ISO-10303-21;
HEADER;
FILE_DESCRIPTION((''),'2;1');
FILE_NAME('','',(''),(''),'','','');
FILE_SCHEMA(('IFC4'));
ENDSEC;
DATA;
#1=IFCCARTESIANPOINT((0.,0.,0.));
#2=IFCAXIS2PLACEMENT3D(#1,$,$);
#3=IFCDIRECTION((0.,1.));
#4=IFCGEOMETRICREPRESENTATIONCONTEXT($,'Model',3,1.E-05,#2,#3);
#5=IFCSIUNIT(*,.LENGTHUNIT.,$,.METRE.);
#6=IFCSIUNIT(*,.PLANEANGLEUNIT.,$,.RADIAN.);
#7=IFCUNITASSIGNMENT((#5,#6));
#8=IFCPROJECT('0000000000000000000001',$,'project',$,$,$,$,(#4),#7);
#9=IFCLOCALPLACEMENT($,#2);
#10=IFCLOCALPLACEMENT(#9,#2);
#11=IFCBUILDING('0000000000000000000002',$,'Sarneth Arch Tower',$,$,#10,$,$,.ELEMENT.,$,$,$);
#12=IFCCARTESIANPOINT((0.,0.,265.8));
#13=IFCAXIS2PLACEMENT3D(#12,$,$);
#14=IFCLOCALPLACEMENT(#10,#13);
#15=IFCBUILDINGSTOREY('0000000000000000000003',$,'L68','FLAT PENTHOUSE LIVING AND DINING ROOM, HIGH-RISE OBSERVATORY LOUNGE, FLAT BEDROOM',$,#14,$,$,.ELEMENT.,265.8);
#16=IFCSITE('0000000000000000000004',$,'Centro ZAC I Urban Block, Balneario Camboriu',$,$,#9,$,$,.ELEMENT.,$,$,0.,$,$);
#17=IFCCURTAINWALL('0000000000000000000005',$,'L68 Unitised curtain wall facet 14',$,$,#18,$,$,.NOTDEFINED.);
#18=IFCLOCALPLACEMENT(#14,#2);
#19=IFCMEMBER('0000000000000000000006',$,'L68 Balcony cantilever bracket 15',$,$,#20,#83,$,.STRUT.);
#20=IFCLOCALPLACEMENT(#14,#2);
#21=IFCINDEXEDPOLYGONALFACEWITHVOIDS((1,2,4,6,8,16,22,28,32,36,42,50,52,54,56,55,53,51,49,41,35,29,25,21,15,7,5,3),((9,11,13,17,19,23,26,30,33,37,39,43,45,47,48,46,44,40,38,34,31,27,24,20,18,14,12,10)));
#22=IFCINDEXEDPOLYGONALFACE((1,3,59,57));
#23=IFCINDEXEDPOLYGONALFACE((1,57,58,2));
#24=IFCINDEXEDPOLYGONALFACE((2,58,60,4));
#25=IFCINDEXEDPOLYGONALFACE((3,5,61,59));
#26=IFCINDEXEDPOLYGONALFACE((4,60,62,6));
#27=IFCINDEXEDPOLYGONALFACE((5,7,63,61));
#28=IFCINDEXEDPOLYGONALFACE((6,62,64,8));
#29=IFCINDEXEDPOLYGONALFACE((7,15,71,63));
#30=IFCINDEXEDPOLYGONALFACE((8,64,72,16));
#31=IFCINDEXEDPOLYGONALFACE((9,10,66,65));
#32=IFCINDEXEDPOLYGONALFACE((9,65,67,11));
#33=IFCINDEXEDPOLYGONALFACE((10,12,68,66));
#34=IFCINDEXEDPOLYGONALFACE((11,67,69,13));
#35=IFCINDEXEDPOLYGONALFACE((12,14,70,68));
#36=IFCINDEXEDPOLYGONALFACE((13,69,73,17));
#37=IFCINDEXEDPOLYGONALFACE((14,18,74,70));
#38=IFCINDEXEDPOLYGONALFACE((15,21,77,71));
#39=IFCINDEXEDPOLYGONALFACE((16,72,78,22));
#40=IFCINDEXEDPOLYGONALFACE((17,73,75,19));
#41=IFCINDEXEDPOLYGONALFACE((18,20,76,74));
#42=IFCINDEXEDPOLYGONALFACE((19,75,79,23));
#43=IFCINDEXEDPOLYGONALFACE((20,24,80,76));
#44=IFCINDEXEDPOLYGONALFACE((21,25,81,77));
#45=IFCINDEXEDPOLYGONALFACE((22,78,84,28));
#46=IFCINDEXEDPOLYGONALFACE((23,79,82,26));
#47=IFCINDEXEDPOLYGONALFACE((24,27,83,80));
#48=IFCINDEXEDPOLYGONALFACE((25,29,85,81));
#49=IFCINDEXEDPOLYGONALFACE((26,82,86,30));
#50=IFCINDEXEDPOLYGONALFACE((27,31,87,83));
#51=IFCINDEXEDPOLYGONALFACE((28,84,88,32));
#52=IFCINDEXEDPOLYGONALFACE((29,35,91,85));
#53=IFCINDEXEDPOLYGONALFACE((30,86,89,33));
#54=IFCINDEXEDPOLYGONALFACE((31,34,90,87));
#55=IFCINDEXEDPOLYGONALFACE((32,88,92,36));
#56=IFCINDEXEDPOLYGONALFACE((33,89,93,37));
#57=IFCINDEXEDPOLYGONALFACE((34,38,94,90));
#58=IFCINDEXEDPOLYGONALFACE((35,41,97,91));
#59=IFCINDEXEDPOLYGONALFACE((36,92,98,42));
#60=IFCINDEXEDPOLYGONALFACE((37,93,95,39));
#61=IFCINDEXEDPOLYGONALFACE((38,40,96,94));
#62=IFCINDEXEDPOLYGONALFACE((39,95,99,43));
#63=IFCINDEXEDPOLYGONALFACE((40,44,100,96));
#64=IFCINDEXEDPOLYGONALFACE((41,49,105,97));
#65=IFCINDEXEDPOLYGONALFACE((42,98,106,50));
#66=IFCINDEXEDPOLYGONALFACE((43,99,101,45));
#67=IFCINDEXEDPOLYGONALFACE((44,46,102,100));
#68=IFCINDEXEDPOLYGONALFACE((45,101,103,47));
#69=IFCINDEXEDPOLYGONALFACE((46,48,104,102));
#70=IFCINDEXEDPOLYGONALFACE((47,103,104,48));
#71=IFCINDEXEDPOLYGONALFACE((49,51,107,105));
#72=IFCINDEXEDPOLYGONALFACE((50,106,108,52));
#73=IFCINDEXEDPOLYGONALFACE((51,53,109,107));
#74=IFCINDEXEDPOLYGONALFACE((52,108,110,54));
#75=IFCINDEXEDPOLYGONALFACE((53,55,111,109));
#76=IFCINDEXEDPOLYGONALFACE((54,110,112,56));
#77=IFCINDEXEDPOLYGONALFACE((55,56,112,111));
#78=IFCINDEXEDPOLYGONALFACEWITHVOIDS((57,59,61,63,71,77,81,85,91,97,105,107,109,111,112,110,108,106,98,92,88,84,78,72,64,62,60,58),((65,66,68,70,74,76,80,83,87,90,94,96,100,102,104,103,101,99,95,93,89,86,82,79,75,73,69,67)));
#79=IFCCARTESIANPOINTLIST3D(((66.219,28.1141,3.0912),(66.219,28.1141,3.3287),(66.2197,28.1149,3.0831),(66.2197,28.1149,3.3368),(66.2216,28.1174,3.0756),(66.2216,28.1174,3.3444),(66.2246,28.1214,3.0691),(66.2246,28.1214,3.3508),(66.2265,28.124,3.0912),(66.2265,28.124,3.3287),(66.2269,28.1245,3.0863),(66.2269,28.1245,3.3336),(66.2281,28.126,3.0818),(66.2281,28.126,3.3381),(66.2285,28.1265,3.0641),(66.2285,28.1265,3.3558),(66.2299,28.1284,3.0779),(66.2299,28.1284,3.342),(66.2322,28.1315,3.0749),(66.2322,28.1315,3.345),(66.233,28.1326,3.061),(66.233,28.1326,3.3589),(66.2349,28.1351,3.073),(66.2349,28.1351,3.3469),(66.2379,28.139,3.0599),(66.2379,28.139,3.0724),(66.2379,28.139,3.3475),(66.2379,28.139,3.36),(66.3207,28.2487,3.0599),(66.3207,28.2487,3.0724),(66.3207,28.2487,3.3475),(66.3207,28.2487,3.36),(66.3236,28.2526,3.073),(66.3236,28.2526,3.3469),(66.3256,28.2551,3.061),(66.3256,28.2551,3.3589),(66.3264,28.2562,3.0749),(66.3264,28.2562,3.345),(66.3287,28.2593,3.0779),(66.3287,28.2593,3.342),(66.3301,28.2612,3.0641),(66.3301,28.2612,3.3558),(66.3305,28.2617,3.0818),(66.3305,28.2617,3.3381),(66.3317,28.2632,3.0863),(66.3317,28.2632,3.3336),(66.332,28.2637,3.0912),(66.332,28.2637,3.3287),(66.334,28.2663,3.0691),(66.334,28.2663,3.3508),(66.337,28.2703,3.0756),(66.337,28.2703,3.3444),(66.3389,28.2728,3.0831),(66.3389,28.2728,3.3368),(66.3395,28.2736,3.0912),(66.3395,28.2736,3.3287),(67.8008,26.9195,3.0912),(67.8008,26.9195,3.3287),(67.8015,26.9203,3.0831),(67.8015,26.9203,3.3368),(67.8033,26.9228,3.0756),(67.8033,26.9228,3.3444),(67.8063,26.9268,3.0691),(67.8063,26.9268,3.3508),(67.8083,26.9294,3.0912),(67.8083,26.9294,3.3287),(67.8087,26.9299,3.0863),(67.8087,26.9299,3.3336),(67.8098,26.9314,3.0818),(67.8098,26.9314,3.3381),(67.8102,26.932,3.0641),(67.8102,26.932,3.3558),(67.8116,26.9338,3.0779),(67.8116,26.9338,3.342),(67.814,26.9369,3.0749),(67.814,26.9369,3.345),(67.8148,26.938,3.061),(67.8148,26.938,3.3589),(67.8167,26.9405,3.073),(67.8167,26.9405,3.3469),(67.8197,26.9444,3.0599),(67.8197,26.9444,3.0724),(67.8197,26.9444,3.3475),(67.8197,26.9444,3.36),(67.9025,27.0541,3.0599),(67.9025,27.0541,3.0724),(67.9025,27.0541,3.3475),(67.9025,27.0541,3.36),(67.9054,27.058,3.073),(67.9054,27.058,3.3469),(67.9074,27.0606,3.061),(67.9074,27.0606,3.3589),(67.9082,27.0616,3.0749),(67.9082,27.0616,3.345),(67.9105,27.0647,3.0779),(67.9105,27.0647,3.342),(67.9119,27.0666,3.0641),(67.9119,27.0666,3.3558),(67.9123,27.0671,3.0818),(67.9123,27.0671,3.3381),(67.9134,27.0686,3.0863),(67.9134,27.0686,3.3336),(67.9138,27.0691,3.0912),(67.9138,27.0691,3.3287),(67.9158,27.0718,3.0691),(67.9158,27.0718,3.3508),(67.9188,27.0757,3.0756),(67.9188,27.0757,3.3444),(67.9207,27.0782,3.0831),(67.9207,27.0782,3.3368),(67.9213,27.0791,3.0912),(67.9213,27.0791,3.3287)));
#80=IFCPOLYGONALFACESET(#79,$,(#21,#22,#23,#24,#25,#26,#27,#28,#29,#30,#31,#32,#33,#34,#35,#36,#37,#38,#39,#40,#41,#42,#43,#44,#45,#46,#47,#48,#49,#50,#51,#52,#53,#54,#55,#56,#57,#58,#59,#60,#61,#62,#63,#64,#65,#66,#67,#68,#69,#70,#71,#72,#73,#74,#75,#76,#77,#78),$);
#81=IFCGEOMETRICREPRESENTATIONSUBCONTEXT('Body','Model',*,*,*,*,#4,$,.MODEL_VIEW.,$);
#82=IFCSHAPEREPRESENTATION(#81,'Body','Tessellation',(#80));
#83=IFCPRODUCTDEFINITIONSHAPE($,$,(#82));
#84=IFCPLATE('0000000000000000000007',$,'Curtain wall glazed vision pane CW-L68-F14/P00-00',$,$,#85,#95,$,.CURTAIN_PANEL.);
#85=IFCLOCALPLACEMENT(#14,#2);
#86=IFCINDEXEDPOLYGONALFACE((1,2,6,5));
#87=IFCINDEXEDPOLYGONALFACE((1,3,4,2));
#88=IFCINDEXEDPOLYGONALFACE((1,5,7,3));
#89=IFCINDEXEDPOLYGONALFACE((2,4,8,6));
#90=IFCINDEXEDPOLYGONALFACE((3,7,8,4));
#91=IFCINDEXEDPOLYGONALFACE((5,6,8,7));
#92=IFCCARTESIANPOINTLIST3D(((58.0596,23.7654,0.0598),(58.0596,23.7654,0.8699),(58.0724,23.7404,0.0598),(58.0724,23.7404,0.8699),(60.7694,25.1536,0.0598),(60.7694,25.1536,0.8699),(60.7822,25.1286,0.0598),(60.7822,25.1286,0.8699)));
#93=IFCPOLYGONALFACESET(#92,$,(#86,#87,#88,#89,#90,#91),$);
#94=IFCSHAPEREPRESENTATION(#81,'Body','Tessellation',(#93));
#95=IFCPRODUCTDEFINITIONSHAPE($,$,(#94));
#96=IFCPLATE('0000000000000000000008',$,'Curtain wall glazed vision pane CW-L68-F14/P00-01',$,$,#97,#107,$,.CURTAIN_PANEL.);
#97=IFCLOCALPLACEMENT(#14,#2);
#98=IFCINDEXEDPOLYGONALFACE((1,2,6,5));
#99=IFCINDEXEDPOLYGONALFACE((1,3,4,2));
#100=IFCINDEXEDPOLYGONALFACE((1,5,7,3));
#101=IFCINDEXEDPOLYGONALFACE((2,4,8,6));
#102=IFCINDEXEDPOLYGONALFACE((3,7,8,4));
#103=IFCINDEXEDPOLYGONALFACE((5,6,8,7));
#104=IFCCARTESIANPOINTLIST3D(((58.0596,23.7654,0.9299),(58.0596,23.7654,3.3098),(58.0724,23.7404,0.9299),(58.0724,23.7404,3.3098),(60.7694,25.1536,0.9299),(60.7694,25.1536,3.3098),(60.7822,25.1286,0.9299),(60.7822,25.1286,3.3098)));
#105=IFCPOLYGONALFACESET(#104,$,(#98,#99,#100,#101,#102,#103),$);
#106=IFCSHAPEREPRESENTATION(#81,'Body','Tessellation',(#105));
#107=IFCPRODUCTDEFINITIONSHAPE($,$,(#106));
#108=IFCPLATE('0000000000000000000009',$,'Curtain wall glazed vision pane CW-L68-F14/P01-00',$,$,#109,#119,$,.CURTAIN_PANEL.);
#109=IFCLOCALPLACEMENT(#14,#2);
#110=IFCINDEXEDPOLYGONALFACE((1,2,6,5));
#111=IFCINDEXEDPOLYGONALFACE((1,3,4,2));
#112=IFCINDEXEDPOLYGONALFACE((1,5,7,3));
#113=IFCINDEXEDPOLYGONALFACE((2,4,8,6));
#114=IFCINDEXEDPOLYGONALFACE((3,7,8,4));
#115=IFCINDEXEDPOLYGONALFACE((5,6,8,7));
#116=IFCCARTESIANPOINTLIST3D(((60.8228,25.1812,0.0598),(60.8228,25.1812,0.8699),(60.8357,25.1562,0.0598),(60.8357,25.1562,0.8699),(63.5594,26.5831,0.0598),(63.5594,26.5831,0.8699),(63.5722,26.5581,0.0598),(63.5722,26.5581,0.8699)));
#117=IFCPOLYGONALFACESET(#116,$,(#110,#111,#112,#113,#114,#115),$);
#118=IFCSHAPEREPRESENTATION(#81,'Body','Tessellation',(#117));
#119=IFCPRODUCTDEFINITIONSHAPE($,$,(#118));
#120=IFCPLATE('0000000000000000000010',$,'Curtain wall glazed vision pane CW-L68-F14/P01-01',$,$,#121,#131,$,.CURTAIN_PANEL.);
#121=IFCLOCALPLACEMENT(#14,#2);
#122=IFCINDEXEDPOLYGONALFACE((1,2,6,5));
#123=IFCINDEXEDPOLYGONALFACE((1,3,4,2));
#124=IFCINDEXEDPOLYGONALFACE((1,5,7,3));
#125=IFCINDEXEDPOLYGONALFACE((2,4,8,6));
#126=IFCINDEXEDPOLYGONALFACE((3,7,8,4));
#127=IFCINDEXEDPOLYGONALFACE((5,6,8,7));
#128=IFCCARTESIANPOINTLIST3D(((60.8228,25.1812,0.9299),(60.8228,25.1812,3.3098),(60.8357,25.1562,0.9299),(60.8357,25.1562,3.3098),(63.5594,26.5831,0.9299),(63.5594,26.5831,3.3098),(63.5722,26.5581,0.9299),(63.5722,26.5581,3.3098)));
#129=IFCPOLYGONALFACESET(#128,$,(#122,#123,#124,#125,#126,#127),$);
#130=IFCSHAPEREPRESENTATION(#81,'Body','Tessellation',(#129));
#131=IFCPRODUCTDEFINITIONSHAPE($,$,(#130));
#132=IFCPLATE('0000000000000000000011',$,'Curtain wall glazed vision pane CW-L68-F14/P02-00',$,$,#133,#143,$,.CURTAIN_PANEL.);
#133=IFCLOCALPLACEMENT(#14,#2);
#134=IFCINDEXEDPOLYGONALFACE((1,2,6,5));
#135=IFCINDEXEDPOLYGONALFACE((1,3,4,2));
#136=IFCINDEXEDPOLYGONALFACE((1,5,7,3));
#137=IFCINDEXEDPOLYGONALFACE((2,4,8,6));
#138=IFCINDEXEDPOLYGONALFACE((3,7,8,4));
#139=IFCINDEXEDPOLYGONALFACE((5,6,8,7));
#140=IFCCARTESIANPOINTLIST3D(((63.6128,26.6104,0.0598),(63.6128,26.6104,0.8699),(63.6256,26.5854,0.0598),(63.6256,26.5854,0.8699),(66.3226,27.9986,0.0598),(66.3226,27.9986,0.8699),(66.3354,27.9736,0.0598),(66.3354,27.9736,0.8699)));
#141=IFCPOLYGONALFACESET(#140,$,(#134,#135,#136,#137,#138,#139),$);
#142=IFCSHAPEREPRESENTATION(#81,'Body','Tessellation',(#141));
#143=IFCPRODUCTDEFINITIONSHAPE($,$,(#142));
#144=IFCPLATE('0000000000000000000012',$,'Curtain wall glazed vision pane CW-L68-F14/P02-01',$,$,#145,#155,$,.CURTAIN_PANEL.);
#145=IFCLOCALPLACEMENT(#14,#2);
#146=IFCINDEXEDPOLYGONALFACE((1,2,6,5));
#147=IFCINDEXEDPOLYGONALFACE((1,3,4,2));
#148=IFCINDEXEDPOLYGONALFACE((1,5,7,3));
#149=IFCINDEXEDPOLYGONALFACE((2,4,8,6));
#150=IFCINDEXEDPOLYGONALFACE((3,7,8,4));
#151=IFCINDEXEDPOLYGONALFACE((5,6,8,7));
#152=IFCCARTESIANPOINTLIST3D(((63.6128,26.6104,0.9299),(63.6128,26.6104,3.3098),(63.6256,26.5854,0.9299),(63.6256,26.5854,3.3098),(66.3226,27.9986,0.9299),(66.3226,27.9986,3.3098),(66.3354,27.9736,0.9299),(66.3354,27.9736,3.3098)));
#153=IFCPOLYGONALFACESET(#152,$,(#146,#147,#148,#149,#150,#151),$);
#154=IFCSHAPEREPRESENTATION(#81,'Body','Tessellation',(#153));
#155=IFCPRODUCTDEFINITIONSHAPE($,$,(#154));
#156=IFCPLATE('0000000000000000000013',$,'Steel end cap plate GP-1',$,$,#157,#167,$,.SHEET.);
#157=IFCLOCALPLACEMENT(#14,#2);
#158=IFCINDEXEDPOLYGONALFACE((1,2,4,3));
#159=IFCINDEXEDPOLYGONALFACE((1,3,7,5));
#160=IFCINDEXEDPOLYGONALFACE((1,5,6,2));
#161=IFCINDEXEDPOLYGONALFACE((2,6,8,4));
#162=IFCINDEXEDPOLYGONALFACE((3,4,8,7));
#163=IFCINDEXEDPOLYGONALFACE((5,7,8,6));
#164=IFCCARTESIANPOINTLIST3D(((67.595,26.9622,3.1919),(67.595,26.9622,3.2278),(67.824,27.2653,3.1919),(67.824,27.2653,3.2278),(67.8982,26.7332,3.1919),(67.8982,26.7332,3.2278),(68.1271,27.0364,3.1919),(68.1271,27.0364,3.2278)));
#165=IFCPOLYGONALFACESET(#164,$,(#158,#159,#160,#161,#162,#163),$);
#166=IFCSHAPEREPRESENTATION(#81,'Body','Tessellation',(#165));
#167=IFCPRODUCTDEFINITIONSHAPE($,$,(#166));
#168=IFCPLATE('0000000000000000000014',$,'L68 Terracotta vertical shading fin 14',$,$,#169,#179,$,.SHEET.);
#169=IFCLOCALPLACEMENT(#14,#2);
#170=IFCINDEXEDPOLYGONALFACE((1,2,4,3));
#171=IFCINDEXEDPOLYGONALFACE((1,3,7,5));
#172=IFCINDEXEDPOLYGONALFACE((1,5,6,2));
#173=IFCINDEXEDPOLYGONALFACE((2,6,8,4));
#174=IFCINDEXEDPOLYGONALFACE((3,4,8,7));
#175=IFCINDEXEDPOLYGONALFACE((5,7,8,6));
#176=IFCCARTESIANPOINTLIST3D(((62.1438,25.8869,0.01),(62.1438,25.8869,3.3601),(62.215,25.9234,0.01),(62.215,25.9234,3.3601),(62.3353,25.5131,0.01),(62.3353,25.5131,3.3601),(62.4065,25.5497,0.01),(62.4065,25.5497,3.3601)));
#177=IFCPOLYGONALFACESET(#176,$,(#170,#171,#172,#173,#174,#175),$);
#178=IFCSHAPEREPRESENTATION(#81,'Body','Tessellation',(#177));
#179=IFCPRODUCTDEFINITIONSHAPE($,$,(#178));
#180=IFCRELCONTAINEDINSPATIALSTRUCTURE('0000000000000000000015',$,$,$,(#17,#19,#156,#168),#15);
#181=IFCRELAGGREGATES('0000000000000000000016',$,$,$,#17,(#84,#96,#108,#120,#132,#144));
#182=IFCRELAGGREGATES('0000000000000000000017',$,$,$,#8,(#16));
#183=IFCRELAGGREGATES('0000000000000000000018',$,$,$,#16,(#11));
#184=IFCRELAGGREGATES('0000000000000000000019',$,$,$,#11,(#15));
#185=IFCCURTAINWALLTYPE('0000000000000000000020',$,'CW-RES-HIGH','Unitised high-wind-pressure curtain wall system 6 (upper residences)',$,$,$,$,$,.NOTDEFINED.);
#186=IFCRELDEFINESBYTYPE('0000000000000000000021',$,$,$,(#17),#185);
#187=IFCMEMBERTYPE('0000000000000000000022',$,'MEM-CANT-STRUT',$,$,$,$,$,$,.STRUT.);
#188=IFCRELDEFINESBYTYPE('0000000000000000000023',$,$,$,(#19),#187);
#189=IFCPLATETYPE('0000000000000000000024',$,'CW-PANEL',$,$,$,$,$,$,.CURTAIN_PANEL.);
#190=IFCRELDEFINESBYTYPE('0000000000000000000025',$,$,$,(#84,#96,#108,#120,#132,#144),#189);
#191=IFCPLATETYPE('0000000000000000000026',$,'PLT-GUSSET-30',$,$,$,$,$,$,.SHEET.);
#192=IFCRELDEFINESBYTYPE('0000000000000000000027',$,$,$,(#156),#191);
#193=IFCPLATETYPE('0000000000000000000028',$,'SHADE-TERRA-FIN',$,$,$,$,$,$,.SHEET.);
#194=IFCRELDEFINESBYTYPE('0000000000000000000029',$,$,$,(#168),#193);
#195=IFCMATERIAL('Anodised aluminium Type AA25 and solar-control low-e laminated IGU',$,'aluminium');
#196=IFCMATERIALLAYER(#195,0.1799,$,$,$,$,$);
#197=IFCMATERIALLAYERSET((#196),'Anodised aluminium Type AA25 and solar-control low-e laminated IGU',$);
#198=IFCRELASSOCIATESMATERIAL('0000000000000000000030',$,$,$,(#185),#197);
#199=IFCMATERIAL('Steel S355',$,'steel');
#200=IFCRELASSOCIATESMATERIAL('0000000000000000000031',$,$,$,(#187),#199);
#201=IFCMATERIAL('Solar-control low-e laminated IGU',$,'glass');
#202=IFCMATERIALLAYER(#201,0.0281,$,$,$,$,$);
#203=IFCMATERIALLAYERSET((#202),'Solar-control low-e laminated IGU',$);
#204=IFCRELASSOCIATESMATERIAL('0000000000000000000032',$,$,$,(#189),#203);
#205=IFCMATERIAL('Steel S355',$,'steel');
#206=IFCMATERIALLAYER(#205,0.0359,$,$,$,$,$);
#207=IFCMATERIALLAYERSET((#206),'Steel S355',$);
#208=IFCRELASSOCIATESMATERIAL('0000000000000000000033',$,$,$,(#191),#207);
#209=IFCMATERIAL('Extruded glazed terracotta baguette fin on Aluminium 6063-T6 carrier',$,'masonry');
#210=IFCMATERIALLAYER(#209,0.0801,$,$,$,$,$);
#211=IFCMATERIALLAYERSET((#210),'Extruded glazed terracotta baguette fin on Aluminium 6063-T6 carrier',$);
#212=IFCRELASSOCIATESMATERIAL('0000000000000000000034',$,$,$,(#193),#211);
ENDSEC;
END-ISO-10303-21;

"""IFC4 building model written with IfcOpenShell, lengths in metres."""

from ifc_helpers import new_model, si_unit, direction, frame, origin, origin_2d, place, context, subcontext, project, spatial, rectangle, hollow_rectangle, extrude, material, layer, layer_set, material_profile, profile_set, type_object, element, aggregate, save


model = new_model("IFC4")

# Units and contexts
model_context = context("Model", 3, precision=1e-05, world=origin(), true_north=direction((0.0, 1.0)))
body_context = subcontext(model_context, "Body", "Model", "MODEL_VIEW")
ifc_project = project(units=[si_unit("LENGTHUNIT", "METRE"), si_unit("PLANEANGLEUNIT", "RADIAN")], contexts=[model_context])

# Site, building, storey
site_placement = place(None, origin())
site = spatial("IfcSite", under=ifc_project, at=site_placement, Name="Centro ZAC I Urban Block, Balneario Camboriu", CompositionType="ELEMENT", RefElevation=0.0)
building_placement = place(site_placement, origin())
building = spatial("IfcBuilding", under=site, at=building_placement, Name="Sarneth Arch Tower", CompositionType="ELEMENT")
storey_placement = place(building_placement, frame((0.0, 0.0, 265.8)))
storey = spatial("IfcBuildingStorey", under=building, at=storey_placement, Name="L68", Description="FLAT PENTHOUSE LIVING AND DINING ROOM, HIGH-RISE OBSERVATORY LOUNGE, FLAT BEDROOM", CompositionType="ELEMENT", Elevation=265.8)

# Curtain wall
ifc_material_1 = material(Name="Anodised aluminium Type AA25 and solar-control low-e laminated IGU", Category="aluminium")
ifc_layer_1 = layer(ifc_material_1, 0.1799)
ifc_layer_set_1 = layer_set([ifc_layer_1], Name="Anodised aluminium Type AA25 and solar-control low-e laminated IGU")
curtain_wall_type = type_object("IfcCurtainWallType", Name="CW-RES-HIGH", Description="Unitised high-wind-pressure curtain wall system 6 (upper residences)", PredefinedType="NOTDEFINED", material=ifc_layer_set_1)
curtain_wall_placement = place(storey_placement, origin())
curtain_wall = element("IfcCurtainWall", 1, at=curtain_wall_placement, inside=storey, type_object=curtain_wall_type, Name="L68 Unitised curtain wall facet 14", PredefinedType="NOTDEFINED")

# Member
ifc_material_2 = material(Name="Steel S355", Category="steel")
ifc_material_profile_1 = material_profile(ifc_material_2, hollow_rectangle(XDim=0.2, YDim=0.3, WallThickness=0.0125, InnerFilletRadius=0.0188, OuterFilletRadius=0.0312, at=origin_2d()), Name="RHS300x200x12.5")
ifc_profile_set_1 = profile_set([ifc_material_profile_1], Name="Steel S355")
member_type_1 = type_object("IfcMemberType", Name="MEM-CANT-STRUT", PredefinedType="STRUT", material=ifc_profile_set_1)
member_1_placement = place(storey_placement, frame((66.2793, 28.1938, 3.21), z_axis=(0.798, -0.602657, 0.0), x_axis=(0.602657, 0.798, 0.0)))
element("IfcMember", 2, at=member_1_placement, inside=storey, type_object=member_type_1, Name="L68 Balcony cantilever bracket 15", PredefinedType="STRUT", context=body_context, shape_type="SweptSolid", body=[
    extrude(hollow_rectangle(XDim=0.2, YDim=0.3, WallThickness=0.0125, InnerFilletRadius=0.0188, OuterFilletRadius=0.0312, at=origin_2d()), origin(), (0.0, 0.0, 1.0), 1.9822),
])

# Plates
ifc_material_3 = material(Name="Solar-control low-e laminated IGU", Category="glass")
ifc_layer_2 = layer(ifc_material_3, 0.0281)
ifc_layer_set_2 = layer_set([ifc_layer_2], Name="Solar-control low-e laminated IGU")
plate_type_1 = type_object("IfcPlateType", Name="CW-PANEL", PredefinedType="CURTAIN_PANEL", material=ifc_layer_set_2)
plate_1_placement = place(storey_placement, frame((59.4209, 24.447, 0.0598), z_axis=(0.0, 0.0, 1.0), x_axis=(0.89001, 0.455942, 0.0)))
plate_1 = element("IfcPlate", 3, at=plate_1_placement, type_object=plate_type_1, Name="Curtain wall glazed vision pane CW-L68-F14/P00-00", PredefinedType="CURTAIN_PANEL", context=body_context, shape_type="SweptSolid", body=[
    extrude(rectangle(XDim=3.0447, YDim=0.0281, at=origin_2d()), origin(), (0.0, 0.0, 1.0), 0.8101),
])
plate_2_placement = place(storey_placement, frame((59.4209, 24.447, 0.9299), z_axis=(0.0, 0.0, 1.0), x_axis=(0.89001, 0.455942, 0.0)))
plate_2 = element("IfcPlate", 4, at=plate_2_placement, type_object=plate_type_1, Name="Curtain wall glazed vision pane CW-L68-F14/P00-01", PredefinedType="CURTAIN_PANEL", context=body_context, shape_type="SweptSolid", body=[
    extrude(rectangle(XDim=3.0447, YDim=0.0281, at=origin_2d()), origin(), (0.0, 0.0, 1.0), 2.3799),
])
plate_3_placement = place(storey_placement, frame((62.1975, 25.8696, 0.0598), z_axis=(0.0, 0.0, 1.0), x_axis=(0.89001, 0.455942, 0.0)))
plate_3 = element("IfcPlate", 5, at=plate_3_placement, type_object=plate_type_1, Name="Curtain wall glazed vision pane CW-L68-F14/P01-00", PredefinedType="CURTAIN_PANEL", context=body_context, shape_type="SweptSolid", body=[
    extrude(rectangle(XDim=3.0747, YDim=0.0281, at=origin_2d()), origin(), (0.0, 0.0, 1.0), 0.8101),
])
plate_4_placement = place(storey_placement, frame((62.1975, 25.8696, 0.9299), z_axis=(0.0, 0.0, 1.0), x_axis=(0.89001, 0.455942, 0.0)))
plate_4 = element("IfcPlate", 6, at=plate_4_placement, type_object=plate_type_1, Name="Curtain wall glazed vision pane CW-L68-F14/P01-01", PredefinedType="CURTAIN_PANEL", context=body_context, shape_type="SweptSolid", body=[
    extrude(rectangle(XDim=3.0747, YDim=0.0281, at=origin_2d()), origin(), (0.0, 0.0, 1.0), 2.3799),
])
plate_5_placement = place(storey_placement, frame((64.9741, 27.292, 0.0598), z_axis=(0.0, 0.0, 1.0), x_axis=(0.89001, 0.455942, 0.0)))
plate_5 = element("IfcPlate", 7, at=plate_5_placement, type_object=plate_type_1, Name="Curtain wall glazed vision pane CW-L68-F14/P02-00", PredefinedType="CURTAIN_PANEL", context=body_context, shape_type="SweptSolid", body=[
    extrude(rectangle(XDim=3.0447, YDim=0.0281, at=origin_2d()), origin(), (0.0, 0.0, 1.0), 0.8101),
])
plate_6_placement = place(storey_placement, frame((64.9741, 27.292, 0.9299), z_axis=(0.0, 0.0, 1.0), x_axis=(0.89001, 0.455942, 0.0)))
plate_6 = element("IfcPlate", 8, at=plate_6_placement, type_object=plate_type_1, Name="Curtain wall glazed vision pane CW-L68-F14/P02-01", PredefinedType="CURTAIN_PANEL", context=body_context, shape_type="SweptSolid", body=[
    extrude(rectangle(XDim=3.0447, YDim=0.0281, at=origin_2d()), origin(), (0.0, 0.0, 1.0), 2.3799),
])
aggregate(curtain_wall, [plate_1, plate_2, plate_3, plate_4, plate_5, plate_6])

# Plates
ifc_material_4 = material(Name="Steel S355", Category="steel")
ifc_layer_3 = layer(ifc_material_4, 0.0359)
ifc_layer_set_3 = layer_set([ifc_layer_3], Name="Steel S355")
plate_type_2 = type_object("IfcPlateType", Name="PLT-GUSSET-30", PredefinedType="SHEET", material=ifc_layer_set_3)
plate_7_placement = place(storey_placement, frame((67.8611, 26.9993, 3.1919), z_axis=(0.0, 0.0, 1.0), x_axis=(0.798005, -0.602651, 0.0)))
element("IfcPlate", 9, at=plate_7_placement, inside=storey, type_object=plate_type_2, Name="Steel end cap plate GP-1", PredefinedType="SHEET", context=body_context, shape_type="SweptSolid", body=[
    extrude(rectangle(XDim=0.3799, YDim=0.3799, at=origin_2d()), origin(), (0.0, 0.0, 1.0), 0.0359),
])
ifc_material_5 = material(Name="Extruded glazed terracotta baguette fin on Aluminium 6063-T6 carrier", Category="masonry")
ifc_layer_4 = layer(ifc_material_5, 0.0801)
ifc_layer_set_4 = layer_set([ifc_layer_4], Name="Extruded glazed terracotta baguette fin on Aluminium 6063-T6 carrier")
plate_type_3 = type_object("IfcPlateType", Name="SHADE-TERRA-FIN", PredefinedType="SHEET", material=ifc_layer_set_4)
plate_8_placement = place(storey_placement, frame((62.2751, 25.7183, 0.01), z_axis=(0.0, 0.0, 1.0), x_axis=(0.456011, -0.889974, 0.0)))
element("IfcPlate", 10, at=plate_8_placement, inside=storey, type_object=plate_type_3, Name="L68 Terracotta vertical shading fin 14", PredefinedType="SHEET", context=body_context, shape_type="SweptSolid", body=[
    extrude(rectangle(XDim=0.4199, YDim=0.0801, at=origin_2d()), origin(), (0.0, 0.0, 1.0), 3.3501),
])

save(model, "model.ifc")
